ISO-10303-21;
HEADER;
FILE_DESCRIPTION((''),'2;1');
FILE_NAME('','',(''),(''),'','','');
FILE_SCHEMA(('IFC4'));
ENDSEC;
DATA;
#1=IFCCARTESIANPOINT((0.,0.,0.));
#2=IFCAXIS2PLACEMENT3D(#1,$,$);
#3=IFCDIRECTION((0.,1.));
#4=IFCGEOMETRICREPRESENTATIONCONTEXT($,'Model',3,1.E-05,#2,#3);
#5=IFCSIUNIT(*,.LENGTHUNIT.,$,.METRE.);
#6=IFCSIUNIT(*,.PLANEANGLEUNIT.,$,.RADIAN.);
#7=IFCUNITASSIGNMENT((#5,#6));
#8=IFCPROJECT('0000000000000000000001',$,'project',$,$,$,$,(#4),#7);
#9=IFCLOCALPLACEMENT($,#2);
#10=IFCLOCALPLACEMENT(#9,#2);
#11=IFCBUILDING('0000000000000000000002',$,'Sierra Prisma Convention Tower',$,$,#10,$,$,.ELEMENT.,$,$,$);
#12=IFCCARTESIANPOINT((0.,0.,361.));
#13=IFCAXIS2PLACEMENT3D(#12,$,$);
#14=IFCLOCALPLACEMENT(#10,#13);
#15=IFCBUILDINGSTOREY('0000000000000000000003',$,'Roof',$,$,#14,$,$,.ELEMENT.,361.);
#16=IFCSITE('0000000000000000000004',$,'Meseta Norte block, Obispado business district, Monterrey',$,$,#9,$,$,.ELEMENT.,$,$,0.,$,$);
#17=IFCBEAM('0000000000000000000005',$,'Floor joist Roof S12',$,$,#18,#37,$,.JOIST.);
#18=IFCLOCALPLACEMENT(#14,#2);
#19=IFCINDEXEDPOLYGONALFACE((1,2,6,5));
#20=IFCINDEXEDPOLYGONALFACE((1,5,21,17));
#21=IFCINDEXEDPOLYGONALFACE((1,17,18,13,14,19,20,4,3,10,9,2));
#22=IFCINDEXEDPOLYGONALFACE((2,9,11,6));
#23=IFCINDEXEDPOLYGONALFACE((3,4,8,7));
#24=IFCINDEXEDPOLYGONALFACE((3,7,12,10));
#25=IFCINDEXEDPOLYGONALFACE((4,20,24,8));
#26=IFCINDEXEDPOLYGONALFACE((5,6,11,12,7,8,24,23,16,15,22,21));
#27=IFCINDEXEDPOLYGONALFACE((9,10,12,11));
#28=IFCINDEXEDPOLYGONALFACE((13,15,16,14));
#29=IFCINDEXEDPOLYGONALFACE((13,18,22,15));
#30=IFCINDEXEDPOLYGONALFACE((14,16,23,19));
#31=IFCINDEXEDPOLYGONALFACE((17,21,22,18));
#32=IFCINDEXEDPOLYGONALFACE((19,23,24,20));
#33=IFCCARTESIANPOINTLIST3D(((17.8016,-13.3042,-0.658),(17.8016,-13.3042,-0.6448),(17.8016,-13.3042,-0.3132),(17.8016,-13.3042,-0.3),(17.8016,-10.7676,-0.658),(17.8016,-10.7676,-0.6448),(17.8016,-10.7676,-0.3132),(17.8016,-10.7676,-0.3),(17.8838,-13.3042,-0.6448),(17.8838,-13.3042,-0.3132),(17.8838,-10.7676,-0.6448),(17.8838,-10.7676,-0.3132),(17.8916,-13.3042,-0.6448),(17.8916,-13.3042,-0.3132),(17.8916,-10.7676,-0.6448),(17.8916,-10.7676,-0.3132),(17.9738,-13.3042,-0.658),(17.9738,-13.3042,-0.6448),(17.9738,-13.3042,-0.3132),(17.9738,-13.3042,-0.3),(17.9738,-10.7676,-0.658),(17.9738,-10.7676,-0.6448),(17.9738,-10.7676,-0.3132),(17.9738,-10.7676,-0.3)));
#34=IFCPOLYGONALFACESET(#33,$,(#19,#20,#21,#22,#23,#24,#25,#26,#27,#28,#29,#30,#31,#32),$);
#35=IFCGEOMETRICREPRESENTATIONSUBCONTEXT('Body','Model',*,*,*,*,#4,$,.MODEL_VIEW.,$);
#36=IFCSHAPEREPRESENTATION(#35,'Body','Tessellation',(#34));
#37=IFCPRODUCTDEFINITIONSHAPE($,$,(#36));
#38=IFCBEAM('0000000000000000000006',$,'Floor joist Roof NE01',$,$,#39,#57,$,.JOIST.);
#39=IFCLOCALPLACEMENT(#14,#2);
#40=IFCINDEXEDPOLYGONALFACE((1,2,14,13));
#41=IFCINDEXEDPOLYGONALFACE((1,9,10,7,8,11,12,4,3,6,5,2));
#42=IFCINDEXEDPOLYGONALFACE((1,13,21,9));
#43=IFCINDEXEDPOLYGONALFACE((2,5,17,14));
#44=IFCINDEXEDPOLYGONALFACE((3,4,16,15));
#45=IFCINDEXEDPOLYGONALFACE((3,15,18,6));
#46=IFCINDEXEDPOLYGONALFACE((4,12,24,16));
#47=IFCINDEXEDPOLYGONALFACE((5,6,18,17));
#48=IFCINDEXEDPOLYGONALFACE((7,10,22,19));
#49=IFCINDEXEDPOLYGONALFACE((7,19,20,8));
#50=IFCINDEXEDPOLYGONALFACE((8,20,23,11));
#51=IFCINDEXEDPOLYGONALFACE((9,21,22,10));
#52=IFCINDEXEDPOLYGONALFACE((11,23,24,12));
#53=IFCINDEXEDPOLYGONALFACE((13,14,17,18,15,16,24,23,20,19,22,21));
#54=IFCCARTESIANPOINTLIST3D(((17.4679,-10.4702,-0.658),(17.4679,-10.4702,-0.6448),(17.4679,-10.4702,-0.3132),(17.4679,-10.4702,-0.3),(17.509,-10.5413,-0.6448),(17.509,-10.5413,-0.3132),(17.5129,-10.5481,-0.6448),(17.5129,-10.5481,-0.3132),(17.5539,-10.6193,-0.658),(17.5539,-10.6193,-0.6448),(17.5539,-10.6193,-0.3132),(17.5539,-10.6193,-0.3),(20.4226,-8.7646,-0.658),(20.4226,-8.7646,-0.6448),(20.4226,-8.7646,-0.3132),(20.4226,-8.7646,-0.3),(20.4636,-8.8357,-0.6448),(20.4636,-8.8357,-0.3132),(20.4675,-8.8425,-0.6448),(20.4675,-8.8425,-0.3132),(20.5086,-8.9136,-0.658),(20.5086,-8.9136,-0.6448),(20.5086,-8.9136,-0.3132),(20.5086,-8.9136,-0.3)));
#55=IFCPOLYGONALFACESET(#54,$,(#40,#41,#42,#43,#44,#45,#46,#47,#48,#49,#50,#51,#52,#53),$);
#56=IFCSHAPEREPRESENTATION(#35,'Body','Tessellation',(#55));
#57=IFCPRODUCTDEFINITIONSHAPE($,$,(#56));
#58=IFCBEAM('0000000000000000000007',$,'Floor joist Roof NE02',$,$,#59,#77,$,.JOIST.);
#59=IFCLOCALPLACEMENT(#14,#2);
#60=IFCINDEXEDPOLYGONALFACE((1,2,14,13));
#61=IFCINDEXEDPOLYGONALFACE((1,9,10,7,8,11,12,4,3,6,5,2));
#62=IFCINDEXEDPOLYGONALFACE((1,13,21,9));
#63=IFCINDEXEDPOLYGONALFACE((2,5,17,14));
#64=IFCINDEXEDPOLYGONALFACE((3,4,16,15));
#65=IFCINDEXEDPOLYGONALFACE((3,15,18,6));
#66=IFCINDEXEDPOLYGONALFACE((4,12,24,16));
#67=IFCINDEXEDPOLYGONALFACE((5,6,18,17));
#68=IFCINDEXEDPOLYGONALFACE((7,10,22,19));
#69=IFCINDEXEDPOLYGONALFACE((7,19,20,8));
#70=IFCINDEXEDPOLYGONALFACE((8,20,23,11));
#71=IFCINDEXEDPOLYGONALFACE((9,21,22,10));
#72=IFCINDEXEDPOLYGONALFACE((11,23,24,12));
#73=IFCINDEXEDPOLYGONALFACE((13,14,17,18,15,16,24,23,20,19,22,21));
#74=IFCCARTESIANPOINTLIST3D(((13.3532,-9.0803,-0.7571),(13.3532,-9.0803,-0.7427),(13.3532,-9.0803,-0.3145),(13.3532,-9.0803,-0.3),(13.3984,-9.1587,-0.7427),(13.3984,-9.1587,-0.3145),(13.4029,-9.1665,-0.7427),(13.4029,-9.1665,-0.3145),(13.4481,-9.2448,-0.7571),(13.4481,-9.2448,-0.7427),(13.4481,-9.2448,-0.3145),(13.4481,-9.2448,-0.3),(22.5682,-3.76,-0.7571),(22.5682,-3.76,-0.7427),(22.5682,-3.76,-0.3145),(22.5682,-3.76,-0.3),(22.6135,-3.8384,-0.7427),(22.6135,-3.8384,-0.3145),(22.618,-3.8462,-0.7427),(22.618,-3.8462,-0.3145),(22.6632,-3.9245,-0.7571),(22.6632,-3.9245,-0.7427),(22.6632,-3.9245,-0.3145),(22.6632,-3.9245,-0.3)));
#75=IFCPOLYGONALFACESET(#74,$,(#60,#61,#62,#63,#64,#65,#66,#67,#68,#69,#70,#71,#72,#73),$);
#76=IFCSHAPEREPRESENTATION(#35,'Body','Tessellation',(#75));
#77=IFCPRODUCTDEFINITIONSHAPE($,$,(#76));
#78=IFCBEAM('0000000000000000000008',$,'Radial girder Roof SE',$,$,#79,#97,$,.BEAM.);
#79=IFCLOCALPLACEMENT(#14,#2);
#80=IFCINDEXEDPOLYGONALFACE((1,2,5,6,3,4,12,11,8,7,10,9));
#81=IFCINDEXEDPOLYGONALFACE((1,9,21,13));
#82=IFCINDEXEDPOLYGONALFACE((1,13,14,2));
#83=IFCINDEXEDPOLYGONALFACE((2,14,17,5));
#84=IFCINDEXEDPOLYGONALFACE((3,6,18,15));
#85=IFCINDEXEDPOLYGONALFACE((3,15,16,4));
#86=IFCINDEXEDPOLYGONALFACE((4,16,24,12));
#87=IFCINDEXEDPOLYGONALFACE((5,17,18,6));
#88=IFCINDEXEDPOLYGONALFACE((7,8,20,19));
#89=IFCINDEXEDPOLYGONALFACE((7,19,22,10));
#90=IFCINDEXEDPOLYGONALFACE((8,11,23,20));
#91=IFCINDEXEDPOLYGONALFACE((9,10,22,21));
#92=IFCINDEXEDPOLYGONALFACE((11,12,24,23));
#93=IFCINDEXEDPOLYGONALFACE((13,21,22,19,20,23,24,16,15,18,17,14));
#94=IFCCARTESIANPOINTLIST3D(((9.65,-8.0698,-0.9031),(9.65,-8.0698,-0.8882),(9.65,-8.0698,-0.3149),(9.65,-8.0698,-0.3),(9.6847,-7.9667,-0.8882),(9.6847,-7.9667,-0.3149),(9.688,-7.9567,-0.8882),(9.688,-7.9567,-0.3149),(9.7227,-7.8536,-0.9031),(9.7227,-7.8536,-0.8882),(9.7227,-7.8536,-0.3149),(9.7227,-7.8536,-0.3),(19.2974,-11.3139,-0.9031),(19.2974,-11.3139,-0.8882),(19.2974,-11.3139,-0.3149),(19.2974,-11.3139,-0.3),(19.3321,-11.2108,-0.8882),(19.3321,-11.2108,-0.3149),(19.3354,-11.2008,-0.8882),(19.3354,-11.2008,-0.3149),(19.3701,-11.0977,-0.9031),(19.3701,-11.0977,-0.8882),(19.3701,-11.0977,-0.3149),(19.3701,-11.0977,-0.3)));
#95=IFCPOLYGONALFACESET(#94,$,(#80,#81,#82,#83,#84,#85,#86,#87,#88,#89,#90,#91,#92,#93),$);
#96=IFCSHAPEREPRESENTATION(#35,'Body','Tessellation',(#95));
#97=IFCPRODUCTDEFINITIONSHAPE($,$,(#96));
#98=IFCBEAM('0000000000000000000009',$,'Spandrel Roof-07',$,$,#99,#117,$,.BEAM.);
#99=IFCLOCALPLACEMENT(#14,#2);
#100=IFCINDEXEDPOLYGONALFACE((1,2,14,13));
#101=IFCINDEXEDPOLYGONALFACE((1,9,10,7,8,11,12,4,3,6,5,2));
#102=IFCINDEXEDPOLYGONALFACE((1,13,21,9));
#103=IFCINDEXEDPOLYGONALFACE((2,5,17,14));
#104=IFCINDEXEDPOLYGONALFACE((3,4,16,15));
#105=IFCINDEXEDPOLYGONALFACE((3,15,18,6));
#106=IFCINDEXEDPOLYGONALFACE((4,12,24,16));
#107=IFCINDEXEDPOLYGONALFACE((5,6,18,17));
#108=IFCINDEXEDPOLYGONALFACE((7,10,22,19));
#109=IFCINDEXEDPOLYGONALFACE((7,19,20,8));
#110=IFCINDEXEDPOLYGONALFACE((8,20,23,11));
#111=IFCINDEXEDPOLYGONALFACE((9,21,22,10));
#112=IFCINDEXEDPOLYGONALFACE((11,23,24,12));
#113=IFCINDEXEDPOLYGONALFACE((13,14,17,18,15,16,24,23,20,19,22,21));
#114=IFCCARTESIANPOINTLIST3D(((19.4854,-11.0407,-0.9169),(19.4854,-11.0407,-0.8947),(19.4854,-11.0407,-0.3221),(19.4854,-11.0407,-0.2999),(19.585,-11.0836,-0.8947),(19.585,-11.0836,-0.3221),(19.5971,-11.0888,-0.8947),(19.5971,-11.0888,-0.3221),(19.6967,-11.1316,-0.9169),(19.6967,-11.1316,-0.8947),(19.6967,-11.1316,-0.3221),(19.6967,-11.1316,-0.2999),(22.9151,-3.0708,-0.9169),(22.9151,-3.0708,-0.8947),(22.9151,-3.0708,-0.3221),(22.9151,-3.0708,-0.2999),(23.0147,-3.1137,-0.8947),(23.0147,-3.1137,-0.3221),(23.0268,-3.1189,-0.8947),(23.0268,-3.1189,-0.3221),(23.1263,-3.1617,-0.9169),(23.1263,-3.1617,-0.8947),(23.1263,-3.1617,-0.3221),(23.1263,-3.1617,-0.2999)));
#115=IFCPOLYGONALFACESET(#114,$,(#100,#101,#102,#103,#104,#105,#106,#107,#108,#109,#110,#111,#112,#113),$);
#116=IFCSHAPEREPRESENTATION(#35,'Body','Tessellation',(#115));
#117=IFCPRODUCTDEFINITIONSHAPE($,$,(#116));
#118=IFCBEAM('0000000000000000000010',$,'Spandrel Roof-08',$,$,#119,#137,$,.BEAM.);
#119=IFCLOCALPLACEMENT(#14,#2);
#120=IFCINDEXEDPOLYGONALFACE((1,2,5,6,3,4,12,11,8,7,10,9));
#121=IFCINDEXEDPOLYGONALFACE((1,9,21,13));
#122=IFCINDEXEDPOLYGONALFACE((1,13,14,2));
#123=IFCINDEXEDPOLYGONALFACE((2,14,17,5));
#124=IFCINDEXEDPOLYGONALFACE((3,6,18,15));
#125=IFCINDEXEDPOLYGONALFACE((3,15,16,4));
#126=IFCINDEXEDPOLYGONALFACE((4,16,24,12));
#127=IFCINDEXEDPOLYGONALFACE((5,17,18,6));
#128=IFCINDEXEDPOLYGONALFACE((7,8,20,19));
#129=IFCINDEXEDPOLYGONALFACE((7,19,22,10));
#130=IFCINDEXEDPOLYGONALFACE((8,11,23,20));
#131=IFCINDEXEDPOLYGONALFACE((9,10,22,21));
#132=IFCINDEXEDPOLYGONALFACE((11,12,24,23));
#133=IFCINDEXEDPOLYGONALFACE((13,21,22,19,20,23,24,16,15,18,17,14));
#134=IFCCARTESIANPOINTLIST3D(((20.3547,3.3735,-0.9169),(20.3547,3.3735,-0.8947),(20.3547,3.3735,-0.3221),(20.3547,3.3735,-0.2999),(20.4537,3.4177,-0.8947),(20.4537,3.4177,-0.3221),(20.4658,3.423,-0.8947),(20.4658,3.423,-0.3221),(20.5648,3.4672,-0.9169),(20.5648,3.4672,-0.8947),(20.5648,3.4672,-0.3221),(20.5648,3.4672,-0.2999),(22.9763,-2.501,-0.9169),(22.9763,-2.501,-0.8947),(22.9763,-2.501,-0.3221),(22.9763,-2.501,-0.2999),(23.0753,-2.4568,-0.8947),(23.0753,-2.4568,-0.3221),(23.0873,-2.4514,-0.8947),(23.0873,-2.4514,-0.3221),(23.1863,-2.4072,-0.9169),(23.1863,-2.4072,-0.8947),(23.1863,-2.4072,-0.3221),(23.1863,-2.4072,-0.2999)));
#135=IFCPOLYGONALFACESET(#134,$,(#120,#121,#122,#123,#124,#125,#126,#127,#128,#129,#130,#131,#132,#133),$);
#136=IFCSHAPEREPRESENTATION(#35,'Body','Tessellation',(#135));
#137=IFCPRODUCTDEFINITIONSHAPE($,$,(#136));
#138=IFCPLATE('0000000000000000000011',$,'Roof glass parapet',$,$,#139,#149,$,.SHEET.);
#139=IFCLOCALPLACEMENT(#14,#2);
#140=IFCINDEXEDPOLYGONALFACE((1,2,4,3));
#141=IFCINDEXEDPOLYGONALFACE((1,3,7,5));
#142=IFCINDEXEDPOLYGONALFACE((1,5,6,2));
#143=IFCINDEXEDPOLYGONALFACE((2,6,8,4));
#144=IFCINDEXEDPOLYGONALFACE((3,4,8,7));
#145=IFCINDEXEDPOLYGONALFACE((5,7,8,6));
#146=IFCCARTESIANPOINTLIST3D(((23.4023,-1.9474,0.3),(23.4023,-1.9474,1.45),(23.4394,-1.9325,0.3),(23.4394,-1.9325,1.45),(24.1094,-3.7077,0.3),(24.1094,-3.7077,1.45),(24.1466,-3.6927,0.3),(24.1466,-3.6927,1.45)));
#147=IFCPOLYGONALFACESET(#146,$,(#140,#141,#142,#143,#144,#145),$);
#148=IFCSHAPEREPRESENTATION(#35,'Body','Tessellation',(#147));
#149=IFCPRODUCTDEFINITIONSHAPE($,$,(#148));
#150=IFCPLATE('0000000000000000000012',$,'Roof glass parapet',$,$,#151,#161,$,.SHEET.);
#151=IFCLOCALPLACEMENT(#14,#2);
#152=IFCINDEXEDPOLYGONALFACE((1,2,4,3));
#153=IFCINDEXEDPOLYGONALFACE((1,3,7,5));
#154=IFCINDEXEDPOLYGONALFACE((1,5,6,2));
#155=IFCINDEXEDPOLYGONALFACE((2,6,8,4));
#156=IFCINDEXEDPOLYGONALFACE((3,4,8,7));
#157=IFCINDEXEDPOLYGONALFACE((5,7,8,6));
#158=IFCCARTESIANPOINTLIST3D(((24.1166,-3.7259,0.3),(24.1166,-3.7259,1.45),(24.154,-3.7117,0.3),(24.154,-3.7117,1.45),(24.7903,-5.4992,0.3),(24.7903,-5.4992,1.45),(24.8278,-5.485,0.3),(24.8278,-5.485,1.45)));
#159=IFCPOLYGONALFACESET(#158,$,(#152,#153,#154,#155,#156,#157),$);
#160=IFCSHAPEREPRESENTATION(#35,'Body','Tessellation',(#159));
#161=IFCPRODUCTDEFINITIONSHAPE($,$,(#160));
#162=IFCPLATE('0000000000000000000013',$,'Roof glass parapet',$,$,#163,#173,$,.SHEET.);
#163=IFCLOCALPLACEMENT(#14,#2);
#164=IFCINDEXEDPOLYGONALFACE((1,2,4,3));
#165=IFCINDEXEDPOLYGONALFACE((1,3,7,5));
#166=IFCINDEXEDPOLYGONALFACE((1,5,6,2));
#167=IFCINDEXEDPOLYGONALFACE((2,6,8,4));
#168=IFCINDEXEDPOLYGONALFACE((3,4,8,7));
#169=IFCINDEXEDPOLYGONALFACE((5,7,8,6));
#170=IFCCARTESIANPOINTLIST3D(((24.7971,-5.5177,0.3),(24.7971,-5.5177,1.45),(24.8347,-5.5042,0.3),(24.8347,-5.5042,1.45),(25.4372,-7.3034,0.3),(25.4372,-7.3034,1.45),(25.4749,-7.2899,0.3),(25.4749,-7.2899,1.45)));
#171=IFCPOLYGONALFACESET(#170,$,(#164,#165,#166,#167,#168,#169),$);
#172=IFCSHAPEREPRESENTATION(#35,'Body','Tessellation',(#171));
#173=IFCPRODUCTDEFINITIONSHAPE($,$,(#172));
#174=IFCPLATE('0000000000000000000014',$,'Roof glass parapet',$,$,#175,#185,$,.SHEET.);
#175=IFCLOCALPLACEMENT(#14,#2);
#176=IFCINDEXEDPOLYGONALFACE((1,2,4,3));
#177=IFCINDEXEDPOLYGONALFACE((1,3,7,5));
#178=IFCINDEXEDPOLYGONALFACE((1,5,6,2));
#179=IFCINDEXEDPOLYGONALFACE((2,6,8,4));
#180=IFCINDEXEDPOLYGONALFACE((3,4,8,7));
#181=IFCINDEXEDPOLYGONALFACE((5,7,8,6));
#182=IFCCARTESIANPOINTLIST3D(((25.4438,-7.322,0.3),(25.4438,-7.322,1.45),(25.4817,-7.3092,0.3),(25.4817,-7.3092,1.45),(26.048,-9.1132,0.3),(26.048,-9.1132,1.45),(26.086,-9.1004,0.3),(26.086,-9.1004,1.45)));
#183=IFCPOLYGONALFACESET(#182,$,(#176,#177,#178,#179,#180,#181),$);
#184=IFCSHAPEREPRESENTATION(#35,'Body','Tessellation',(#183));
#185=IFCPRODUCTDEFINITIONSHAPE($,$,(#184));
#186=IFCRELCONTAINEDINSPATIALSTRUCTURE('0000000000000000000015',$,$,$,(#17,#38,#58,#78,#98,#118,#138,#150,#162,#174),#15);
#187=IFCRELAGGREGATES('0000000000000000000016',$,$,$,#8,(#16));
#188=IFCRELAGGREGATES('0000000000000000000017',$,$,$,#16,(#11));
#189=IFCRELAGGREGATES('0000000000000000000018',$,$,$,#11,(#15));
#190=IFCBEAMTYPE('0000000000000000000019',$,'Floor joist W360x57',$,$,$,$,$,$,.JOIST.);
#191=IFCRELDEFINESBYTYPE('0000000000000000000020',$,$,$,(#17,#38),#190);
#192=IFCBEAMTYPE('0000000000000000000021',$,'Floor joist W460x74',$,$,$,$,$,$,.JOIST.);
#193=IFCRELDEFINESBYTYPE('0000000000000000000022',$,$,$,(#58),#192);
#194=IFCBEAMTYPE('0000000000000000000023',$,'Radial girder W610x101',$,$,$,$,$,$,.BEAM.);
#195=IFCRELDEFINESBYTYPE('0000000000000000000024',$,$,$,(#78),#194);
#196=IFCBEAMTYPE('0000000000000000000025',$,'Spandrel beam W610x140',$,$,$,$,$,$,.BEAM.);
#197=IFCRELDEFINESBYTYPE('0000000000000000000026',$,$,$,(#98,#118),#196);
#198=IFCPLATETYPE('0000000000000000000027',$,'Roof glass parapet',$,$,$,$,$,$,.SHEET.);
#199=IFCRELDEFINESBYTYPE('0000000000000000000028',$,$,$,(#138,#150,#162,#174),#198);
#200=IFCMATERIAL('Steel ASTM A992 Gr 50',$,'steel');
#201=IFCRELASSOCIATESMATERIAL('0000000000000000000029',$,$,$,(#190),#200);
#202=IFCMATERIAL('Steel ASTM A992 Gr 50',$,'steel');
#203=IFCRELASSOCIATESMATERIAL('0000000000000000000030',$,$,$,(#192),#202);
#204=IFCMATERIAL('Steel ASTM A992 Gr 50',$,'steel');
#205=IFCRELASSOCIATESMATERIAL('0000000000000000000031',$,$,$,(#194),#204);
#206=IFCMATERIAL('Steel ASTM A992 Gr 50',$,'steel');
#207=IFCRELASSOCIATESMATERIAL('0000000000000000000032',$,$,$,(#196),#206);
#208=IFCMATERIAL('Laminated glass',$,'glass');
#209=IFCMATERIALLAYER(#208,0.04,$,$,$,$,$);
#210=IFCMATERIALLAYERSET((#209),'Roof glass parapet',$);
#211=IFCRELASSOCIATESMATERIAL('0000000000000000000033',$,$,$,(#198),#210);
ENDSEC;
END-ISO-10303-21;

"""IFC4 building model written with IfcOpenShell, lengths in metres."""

from ifc_helpers import new_model, si_unit, direction, frame, origin, origin_2d, place, context, subcontext, project, spatial, rectangle, i_section, extrude, material, layer, layer_set, material_profile, profile_set, type_object, element, save


model = new_model("IFC4")

# Units and contexts
model_context = context("Model", 3, precision=1e-05, world=origin(), true_north=direction((0.0, 1.0)))
body_context = subcontext(model_context, "Body", "Model", "MODEL_VIEW")
ifc_project = project(units=[si_unit("LENGTHUNIT", "METRE"), si_unit("PLANEANGLEUNIT", "RADIAN")], contexts=[model_context])

# Site, building, storey
site_placement = place(None, origin())
site = spatial("IfcSite", under=ifc_project, at=site_placement, Name="Meseta Norte block, Obispado business district, Monterrey", CompositionType="ELEMENT", RefElevation=0.0)
building_placement = place(site_placement, origin())
building = spatial("IfcBuilding", under=site, at=building_placement, Name="Sierra Prisma Convention Tower", CompositionType="ELEMENT")
storey_placement = place(building_placement, frame((0.0, 0.0, 361.0)))
storey = spatial("IfcBuildingStorey", under=building, at=storey_placement, Name="Roof", CompositionType="ELEMENT", Elevation=361.0)

# Beams
ifc_material_1 = material(Name="Steel ASTM A992 Gr 50", Category="steel")
ifc_material_profile_1 = material_profile(ifc_material_1, i_section(OverallWidth=0.1721, OverallDepth=0.3579, WebThickness=0.0078, FlangeThickness=0.0132, at=origin_2d()), Name="W360x57")
ifc_profile_set_1 = profile_set([ifc_material_profile_1], Name="Steel ASTM A992 Gr 50")
beam_type_1 = type_object("IfcBeamType", Name="Floor joist W360x57", PredefinedType="JOIST", material=ifc_profile_set_1)
beam_1_placement = place(storey_placement, frame((17.8877, -13.3042, -0.479), z_axis=(0.0, 1.0, 0.0), x_axis=(-1.0, 0.0, 0.0)))
element("IfcBeam", 1, at=beam_1_placement, inside=storey, type_object=beam_type_1, Name="Floor joist Roof S12", PredefinedType="JOIST", context=body_context, shape_type="SweptSolid", body=[
    extrude(i_section(OverallWidth=0.1721, OverallDepth=0.3579, WebThickness=0.0078, FlangeThickness=0.0132, at=origin_2d()), origin(), (0.0, 0.0, 1.0), 2.5366),
])
beam_2_placement = place(storey_placement, frame((20.4656, -8.8391, -0.479), z_axis=(-0.866059, -0.499941, 0.0), x_axis=(0.499941, -0.866059, 0.0)))
element("IfcBeam", 2, at=beam_2_placement, inside=storey, type_object=beam_type_1, Name="Floor joist Roof NE01", PredefinedType="JOIST", context=body_context, shape_type="SweptSolid", body=[
    extrude(i_section(OverallWidth=0.1721, OverallDepth=0.3579, WebThickness=0.0078, FlangeThickness=0.0132, at=origin_2d()), origin(), (0.0, 0.0, 1.0), 3.4116),
])
ifc_material_2 = material(Name="Steel ASTM A992 Gr 50", Category="steel")
ifc_material_profile_2 = material_profile(ifc_material_2, i_section(OverallWidth=0.1899, OverallDepth=0.457, WebThickness=0.009, FlangeThickness=0.0144, at=origin_2d()), Name="W460x74")
ifc_profile_set_2 = profile_set([ifc_material_profile_2], Name="Steel ASTM A992 Gr 50")
beam_type_2 = type_object("IfcBeamType", Name="Floor joist W460x74", PredefinedType="JOIST", material=ifc_profile_set_2)
beam_3_placement = place(storey_placement, frame((22.6157, -3.8423, -0.5286), z_axis=(-0.866026, -0.499999, 0.0), x_axis=(0.499999, -0.866026, 0.0)))
element("IfcBeam", 3, at=beam_3_placement, inside=storey, type_object=beam_type_2, Name="Floor joist Roof NE02", PredefinedType="JOIST", context=body_context, shape_type="SweptSolid", body=[
    extrude(i_section(OverallWidth=0.1899, OverallDepth=0.457, WebThickness=0.009, FlangeThickness=0.0144, at=origin_2d()), origin(), (0.0, 0.0, 1.0), 10.6406),
])
ifc_material_3 = material(Name="Steel ASTM A992 Gr 50", Category="steel")
ifc_material_profile_3 = material_profile(ifc_material_3, i_section(OverallWidth=0.228, OverallDepth=0.603, WebThickness=0.0105, FlangeThickness=0.0149, at=origin_2d()), Name="W610x101")
ifc_profile_set_3 = profile_set([ifc_material_profile_3], Name="Steel ASTM A992 Gr 50")
beam_type_3 = type_object("IfcBeamType", Name="Radial girder W610x101", PredefinedType="BEAM", material=ifc_profile_set_3)
beam_4_placement = place(storey_placement, frame((19.3337, -11.2058, -0.6016), z_axis=(-0.947845, 0.318731, 0.0), x_axis=(-0.318731, -0.947845, 0.0)))
element("IfcBeam", 4, at=beam_4_placement, inside=storey, type_object=beam_type_3, Name="Radial girder Roof SE", PredefinedType="BEAM", context=body_context, shape_type="SweptSolid", body=[
    extrude(i_section(OverallWidth=0.228, OverallDepth=0.603, WebThickness=0.0105, FlangeThickness=0.0149, at=origin_2d()), origin(), (0.0, 0.0, 1.0), 10.1782),
])
ifc_material_4 = material(Name="Steel ASTM A992 Gr 50", Category="steel")
ifc_material_profile_4 = material_profile(ifc_material_4, i_section(OverallWidth=0.23, OverallDepth=0.6169, WebThickness=0.0132, FlangeThickness=0.0222, at=origin_2d()), Name="W610x140")
ifc_profile_set_4 = profile_set([ifc_material_profile_4], Name="Steel ASTM A992 Gr 50")
beam_type_4 = type_object("IfcBeamType", Name="Spandrel beam W610x140", PredefinedType="BEAM", material=ifc_profile_set_4)
beam_5_placement = place(storey_placement, frame((19.5911, -11.0862, -0.6084), z_axis=(0.395281, 0.91856, 0.0), x_axis=(-0.91856, 0.395281, 0.0)))
element("IfcBeam", 5, at=beam_5_placement, inside=storey, type_object=beam_type_4, Name="Spandrel Roof-07", PredefinedType="BEAM", context=body_context, shape_type="SweptSolid", body=[
    extrude(i_section(OverallWidth=0.23, OverallDepth=0.6169, WebThickness=0.0132, FlangeThickness=0.0222, at=origin_2d()), origin(), (0.0, 0.0, 1.0), 8.6765),
])
beam_6_placement = place(storey_placement, frame((23.0813, -2.4541, -0.6084), z_axis=(-0.407525, 0.913194, 0.0), x_axis=(-0.913194, -0.407525, 0.0)))
element("IfcBeam", 6, at=beam_6_placement, inside=storey, type_object=beam_type_4, Name="Spandrel Roof-08", PredefinedType="BEAM", context=body_context, shape_type="SweptSolid", body=[
    extrude(i_section(OverallWidth=0.23, OverallDepth=0.6169, WebThickness=0.0132, FlangeThickness=0.0222, at=origin_2d()), origin(), (0.0, 0.0, 1.0), 6.4329),
])

# Plates
ifc_material_5 = material(Name="Laminated glass", Category="glass")
ifc_layer_1 = layer(ifc_material_5, 0.04)
ifc_layer_set_1 = layer_set([ifc_layer_1], Name="Roof glass parapet")
plate_type = type_object("IfcPlateType", Name="Roof glass parapet", PredefinedType="SHEET", material=ifc_layer_set_1)
for number, where, z_axis, x_axis, name in (
    (7, (23.7744, -2.8201, 0.3), (0.0, 0.0, 1.0), (0.372768, -0.927925, 0.0), "Roof glass parapet"),
    (8, (24.4722, -4.6055, 0.3), (0.0, 0.0, 1.0), (0.355182, -0.934797, 0.0), "Roof glass parapet"),
    (9, (25.136, -6.4038, 0.3), (0.0, 0.0, 1.0), (0.33747, -0.941336, 0.0), "Roof glass parapet"),
):
    element("IfcPlate", number, at=place(storey_placement, frame(where, z_axis=z_axis, x_axis=x_axis)), inside=storey, type_object=plate_type, Name=name, PredefinedType="SHEET", context=body_context, shape_type="SweptSolid", body=[
        extrude(rectangle(XDim=1.897, YDim=0.04, at=origin_2d()), origin(), (0.0, 0.0, 1.0), 1.1499),
    ])
plate_1_placement = place(storey_placement, frame((25.7649, -8.2112, 0.3), z_axis=(0.0, 0.0, 1.0), x_axis=(0.319637, -0.94754, 0.0)))
element("IfcPlate", 10, at=plate_1_placement, inside=storey, type_object=plate_type, Name="Roof glass parapet", PredefinedType="SHEET", context=body_context, shape_type="SweptSolid", body=[
    extrude(rectangle(XDim=1.8904, YDim=0.04, at=origin_2d()), origin(), (0.0, 0.0, 1.0), 1.1499),
])

save(model, "model.ifc")
